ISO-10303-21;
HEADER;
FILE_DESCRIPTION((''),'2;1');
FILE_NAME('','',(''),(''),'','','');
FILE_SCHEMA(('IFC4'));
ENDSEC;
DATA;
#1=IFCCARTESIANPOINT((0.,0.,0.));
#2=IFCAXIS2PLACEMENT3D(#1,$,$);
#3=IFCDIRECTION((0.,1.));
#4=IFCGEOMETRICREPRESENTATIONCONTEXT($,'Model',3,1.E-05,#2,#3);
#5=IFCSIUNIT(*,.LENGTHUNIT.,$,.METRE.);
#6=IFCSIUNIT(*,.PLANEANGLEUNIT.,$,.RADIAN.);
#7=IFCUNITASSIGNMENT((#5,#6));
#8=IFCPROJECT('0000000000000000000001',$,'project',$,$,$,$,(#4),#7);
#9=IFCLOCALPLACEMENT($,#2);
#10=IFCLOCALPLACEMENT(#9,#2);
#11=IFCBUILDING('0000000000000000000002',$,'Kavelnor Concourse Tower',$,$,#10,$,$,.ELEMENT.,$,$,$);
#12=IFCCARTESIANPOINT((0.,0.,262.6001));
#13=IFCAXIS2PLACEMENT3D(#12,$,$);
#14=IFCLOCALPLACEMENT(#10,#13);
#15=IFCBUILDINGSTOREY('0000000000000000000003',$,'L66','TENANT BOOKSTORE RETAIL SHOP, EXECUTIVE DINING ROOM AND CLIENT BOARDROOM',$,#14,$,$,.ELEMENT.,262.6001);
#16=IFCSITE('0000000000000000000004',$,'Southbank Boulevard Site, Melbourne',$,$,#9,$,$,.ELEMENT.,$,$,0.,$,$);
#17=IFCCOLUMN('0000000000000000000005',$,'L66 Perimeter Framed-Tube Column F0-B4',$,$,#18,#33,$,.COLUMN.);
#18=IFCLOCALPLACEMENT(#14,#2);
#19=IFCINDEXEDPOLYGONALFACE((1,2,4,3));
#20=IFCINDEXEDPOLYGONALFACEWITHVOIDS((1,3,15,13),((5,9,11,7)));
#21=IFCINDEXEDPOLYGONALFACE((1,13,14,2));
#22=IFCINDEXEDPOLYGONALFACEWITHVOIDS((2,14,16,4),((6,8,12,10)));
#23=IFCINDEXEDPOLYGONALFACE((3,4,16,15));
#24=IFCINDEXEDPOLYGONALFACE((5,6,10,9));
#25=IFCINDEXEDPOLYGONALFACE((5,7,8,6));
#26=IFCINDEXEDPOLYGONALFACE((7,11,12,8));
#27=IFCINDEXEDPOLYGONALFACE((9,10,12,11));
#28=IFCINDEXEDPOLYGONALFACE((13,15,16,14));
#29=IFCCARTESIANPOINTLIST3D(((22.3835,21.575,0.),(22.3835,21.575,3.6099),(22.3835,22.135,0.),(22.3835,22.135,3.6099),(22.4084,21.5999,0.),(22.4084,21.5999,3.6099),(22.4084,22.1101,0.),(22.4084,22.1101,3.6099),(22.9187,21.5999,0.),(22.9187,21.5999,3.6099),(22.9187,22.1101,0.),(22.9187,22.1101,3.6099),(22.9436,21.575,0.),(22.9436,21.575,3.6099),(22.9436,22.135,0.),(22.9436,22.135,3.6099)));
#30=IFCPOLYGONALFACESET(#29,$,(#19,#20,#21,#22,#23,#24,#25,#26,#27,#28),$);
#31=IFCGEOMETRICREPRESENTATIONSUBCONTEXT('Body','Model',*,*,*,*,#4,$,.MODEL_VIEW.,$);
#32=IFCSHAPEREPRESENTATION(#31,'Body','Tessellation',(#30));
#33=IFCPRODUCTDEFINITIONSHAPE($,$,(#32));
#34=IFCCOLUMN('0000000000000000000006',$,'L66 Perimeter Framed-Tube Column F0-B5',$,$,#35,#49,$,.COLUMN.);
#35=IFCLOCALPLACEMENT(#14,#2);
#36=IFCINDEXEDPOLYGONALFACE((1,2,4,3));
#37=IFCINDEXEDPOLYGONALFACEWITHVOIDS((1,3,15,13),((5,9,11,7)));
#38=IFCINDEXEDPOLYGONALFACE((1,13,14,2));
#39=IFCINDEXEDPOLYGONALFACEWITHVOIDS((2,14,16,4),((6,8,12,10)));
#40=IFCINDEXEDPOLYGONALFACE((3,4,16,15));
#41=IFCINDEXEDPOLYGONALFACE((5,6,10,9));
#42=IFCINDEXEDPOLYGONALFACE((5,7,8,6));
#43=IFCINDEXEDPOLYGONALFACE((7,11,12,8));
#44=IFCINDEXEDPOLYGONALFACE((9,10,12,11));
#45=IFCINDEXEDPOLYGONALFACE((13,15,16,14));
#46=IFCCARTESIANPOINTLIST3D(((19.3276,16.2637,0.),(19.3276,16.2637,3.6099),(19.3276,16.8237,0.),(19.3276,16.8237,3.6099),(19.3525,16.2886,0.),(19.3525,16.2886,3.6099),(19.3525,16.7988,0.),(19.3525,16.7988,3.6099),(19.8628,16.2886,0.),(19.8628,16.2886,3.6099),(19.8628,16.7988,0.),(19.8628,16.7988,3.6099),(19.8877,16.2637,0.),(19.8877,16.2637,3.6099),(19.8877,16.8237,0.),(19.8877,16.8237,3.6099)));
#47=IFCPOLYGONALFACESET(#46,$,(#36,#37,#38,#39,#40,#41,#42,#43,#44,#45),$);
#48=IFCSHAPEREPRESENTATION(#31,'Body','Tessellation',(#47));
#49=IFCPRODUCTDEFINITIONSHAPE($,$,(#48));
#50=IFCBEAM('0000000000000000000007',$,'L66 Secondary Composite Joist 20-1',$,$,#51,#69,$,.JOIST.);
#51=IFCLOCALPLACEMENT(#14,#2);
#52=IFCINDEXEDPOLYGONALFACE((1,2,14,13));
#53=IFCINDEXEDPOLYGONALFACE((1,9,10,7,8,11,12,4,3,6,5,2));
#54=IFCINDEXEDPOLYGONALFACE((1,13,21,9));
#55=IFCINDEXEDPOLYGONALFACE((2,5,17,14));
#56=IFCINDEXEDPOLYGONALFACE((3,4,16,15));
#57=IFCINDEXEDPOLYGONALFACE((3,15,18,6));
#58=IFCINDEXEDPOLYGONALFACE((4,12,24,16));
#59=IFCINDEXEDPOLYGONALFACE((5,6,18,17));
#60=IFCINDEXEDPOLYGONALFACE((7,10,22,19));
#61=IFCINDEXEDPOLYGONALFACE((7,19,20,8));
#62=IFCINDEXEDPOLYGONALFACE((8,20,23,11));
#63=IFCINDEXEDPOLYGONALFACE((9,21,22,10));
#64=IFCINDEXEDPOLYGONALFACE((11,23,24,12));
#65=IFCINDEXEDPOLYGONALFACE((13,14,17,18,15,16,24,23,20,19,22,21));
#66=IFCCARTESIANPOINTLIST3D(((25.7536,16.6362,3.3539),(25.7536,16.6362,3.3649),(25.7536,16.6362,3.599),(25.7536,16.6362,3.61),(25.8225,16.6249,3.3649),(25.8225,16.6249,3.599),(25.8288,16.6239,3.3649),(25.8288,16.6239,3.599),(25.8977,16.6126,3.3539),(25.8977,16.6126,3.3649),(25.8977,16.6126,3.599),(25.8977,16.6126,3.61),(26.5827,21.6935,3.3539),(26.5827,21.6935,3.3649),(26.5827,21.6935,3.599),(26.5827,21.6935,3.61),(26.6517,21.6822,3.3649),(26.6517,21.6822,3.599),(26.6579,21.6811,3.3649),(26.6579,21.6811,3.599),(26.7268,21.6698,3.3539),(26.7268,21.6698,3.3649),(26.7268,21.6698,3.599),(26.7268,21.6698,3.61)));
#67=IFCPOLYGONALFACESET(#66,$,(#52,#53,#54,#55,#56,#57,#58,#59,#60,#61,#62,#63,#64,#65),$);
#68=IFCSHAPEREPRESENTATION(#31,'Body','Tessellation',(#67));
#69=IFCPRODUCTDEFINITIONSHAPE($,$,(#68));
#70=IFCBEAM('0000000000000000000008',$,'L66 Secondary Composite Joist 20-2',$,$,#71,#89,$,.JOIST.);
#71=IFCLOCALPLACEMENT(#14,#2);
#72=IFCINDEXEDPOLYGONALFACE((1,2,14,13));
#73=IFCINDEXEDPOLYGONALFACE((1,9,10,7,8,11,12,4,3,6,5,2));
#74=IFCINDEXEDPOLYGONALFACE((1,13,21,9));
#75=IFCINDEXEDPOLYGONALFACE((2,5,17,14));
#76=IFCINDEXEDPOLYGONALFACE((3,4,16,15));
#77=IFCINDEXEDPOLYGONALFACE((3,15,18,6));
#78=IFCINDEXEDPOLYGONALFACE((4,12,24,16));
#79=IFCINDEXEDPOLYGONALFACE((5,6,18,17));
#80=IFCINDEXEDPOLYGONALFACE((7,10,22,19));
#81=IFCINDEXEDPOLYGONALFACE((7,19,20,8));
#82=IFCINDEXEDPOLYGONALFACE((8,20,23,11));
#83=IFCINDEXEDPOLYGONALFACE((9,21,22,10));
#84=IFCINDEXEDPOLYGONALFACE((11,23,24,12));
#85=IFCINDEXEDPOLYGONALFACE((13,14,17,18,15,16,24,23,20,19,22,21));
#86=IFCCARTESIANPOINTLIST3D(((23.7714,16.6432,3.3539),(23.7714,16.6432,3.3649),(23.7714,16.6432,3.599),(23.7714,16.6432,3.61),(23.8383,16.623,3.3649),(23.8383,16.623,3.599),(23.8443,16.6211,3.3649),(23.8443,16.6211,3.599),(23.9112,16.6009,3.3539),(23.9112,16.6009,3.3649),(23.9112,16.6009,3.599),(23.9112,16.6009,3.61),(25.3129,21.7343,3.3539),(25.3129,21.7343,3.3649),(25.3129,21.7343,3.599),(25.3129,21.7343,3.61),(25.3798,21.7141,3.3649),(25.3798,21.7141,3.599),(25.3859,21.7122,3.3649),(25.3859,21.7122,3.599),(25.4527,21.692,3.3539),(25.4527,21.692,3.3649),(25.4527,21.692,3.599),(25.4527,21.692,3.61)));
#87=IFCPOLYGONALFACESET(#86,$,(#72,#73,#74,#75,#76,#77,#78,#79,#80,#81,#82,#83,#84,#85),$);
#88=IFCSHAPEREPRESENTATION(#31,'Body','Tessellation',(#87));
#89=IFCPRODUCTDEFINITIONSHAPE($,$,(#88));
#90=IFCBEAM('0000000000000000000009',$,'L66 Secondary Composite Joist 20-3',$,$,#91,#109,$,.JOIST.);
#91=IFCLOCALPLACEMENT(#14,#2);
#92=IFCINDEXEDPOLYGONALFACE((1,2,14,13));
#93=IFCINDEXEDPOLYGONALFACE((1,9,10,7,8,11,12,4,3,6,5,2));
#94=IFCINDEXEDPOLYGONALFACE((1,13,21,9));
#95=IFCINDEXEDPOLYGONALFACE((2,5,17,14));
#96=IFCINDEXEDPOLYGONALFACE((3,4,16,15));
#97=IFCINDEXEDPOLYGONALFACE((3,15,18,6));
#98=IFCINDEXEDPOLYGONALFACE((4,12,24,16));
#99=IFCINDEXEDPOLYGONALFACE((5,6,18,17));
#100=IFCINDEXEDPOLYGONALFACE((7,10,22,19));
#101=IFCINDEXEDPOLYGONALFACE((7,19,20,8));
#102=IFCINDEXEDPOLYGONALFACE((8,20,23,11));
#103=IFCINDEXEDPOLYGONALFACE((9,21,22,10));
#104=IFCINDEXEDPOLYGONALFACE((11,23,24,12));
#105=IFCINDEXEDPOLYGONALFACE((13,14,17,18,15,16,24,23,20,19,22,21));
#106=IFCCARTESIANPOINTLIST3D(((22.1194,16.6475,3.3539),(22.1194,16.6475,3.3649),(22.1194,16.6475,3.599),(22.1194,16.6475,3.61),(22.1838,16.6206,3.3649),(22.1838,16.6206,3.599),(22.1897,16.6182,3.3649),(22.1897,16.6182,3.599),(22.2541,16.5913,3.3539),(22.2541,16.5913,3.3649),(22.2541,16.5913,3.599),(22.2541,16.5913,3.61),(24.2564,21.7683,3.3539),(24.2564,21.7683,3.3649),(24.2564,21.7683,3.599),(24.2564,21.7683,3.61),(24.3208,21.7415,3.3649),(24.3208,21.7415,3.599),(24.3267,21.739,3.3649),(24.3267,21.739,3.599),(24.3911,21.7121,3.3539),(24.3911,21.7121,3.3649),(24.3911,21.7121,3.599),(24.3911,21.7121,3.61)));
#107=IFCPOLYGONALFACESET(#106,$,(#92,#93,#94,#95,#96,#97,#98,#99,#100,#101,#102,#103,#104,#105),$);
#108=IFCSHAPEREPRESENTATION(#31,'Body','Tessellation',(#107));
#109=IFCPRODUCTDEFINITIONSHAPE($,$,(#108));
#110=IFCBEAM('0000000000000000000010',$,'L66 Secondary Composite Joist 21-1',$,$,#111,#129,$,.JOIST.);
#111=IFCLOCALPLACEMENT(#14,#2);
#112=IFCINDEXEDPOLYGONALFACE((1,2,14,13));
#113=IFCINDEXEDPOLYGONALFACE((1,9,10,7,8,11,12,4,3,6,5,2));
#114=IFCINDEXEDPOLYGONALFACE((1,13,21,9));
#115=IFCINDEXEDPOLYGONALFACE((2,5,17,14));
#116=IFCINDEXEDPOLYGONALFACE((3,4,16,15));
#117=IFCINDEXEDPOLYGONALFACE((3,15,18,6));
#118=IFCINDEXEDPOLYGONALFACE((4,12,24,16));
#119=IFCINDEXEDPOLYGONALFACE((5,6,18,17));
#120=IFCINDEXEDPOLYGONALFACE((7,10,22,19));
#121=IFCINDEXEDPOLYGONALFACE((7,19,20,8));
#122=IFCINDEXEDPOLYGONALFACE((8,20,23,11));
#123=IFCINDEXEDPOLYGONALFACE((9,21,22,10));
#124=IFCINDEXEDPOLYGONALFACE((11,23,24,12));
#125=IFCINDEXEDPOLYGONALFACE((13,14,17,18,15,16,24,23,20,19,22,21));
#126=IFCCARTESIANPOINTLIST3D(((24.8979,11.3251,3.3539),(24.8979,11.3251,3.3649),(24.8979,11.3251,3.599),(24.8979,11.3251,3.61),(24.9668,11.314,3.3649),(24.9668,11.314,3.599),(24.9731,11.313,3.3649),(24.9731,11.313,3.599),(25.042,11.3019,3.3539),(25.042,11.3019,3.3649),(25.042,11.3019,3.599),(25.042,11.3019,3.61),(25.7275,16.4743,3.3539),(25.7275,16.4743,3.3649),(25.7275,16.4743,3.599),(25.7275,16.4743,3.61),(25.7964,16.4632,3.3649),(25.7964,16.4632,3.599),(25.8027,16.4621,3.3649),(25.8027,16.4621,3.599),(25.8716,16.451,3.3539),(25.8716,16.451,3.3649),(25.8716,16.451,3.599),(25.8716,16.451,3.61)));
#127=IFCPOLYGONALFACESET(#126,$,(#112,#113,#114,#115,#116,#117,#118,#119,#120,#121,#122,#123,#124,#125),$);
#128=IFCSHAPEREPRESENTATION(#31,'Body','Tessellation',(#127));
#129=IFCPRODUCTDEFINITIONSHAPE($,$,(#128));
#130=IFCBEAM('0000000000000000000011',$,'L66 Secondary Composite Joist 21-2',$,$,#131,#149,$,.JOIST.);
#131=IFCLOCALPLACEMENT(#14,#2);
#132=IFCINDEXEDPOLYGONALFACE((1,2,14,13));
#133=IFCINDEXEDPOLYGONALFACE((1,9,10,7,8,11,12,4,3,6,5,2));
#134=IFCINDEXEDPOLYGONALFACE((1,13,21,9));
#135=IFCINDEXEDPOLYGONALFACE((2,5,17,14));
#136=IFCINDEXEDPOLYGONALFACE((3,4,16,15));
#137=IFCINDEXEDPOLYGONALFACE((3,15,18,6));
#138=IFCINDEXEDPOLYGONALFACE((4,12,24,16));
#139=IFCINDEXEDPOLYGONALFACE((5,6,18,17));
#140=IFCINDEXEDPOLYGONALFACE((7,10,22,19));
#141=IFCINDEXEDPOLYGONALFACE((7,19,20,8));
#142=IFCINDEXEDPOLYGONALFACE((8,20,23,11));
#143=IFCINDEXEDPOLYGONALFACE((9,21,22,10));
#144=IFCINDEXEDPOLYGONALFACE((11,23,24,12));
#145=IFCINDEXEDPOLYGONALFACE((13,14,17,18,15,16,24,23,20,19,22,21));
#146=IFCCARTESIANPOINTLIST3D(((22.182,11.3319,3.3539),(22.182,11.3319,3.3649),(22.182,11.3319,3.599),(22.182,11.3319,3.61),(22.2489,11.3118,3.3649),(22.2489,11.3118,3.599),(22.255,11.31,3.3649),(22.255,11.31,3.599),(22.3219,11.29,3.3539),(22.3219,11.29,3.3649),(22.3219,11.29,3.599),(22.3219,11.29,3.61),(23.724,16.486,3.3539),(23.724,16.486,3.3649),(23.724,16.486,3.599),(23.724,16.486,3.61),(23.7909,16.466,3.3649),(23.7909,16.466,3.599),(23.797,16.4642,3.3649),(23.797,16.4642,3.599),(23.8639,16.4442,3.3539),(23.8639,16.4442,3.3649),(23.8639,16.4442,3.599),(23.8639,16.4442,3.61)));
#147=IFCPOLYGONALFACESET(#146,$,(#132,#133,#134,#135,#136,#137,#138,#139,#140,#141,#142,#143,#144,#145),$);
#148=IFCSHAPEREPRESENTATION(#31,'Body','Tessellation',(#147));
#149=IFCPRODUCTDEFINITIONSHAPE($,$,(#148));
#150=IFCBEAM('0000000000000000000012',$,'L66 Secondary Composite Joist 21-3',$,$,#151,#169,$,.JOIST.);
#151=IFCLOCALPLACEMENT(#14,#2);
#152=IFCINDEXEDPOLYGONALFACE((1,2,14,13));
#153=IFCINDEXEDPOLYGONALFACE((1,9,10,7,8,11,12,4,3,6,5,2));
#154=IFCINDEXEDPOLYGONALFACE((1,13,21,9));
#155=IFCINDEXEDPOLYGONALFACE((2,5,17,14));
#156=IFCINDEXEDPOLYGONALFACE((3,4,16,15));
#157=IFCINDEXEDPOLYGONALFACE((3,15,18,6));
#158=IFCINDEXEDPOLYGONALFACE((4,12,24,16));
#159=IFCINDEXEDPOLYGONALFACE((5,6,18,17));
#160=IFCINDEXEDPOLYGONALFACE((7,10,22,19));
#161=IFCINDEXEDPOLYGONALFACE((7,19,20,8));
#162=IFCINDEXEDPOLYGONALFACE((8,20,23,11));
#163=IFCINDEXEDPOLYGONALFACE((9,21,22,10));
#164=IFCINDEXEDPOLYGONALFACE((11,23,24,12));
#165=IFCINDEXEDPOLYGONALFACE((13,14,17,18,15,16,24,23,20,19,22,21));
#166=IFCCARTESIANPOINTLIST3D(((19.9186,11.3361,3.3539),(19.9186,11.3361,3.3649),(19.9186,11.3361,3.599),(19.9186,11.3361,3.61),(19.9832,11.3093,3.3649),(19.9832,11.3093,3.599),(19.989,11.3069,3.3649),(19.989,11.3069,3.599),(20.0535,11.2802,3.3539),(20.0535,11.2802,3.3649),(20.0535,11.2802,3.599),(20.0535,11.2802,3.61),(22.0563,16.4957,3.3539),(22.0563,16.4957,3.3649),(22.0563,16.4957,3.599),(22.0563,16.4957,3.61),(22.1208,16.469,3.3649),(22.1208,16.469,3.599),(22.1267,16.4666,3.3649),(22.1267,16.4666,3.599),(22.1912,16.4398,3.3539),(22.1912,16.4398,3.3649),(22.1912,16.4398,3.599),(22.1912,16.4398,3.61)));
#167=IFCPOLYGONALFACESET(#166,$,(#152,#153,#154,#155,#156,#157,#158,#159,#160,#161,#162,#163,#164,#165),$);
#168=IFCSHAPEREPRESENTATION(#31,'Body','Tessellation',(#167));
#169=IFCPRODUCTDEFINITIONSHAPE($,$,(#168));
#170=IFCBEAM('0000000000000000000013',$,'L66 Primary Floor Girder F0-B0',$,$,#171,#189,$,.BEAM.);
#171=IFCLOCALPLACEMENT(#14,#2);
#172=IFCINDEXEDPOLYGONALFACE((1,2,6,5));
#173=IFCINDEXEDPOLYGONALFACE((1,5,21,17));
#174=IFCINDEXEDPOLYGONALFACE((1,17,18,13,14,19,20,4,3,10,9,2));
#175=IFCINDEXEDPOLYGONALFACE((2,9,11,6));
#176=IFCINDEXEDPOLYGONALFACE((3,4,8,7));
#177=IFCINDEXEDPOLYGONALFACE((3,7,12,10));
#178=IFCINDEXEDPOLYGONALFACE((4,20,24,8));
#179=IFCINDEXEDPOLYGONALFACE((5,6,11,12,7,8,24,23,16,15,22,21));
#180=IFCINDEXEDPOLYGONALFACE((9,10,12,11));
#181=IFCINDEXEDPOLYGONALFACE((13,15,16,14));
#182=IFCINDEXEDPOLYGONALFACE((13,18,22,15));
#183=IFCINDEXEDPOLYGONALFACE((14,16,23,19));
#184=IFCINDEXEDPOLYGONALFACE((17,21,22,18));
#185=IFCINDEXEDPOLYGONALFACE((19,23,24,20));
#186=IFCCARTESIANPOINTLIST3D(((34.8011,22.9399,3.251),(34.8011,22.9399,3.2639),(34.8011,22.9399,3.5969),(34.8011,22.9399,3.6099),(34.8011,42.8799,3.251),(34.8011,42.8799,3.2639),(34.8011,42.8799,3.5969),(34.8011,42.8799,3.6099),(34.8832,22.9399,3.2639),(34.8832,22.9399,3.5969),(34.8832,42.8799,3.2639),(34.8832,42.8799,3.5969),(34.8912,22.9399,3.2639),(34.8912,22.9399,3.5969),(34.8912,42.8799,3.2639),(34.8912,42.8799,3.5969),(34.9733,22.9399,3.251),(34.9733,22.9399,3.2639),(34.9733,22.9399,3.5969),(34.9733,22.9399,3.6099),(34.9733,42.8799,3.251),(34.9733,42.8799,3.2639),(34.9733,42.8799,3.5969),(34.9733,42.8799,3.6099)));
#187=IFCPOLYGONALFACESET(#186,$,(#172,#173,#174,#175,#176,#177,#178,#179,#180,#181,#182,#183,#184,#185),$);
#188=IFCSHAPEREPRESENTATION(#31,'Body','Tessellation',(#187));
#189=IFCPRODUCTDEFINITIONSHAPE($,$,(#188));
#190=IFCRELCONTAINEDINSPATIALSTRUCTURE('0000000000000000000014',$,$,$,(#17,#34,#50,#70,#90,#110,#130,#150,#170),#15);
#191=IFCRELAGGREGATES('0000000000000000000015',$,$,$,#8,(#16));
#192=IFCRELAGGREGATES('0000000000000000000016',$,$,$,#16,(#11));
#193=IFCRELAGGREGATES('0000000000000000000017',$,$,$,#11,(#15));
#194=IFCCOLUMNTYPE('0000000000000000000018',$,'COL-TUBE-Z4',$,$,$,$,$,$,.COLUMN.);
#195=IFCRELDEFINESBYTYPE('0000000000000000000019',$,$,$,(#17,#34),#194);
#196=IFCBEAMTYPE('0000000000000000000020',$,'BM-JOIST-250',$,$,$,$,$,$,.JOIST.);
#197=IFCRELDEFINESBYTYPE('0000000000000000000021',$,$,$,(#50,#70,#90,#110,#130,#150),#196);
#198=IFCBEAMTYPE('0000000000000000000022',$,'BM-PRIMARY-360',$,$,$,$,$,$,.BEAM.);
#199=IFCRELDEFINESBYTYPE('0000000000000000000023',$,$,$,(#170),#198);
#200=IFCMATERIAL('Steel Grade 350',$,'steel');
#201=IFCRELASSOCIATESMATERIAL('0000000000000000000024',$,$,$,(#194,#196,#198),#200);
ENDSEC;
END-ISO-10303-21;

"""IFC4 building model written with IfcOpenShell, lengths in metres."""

from ifc_helpers import new_model, si_unit, direction, frame, origin, origin_2d, place, context, subcontext, project, spatial, hollow_rectangle, i_section, extrude, material, material_profile, profile_set, type_object, element, save


model = new_model("IFC4")

# Units and contexts
model_context = context("Model", 3, precision=1e-05, world=origin(), true_north=direction((0.0, 1.0)))
body_context = subcontext(model_context, "Body", "Model", "MODEL_VIEW")
ifc_project = project(units=[si_unit("LENGTHUNIT", "METRE"), si_unit("PLANEANGLEUNIT", "RADIAN")], contexts=[model_context])

# Site, building, storey
site_placement = place(None, origin())
site = spatial("IfcSite", under=ifc_project, at=site_placement, Name="Southbank Boulevard Site, Melbourne", CompositionType="ELEMENT", RefElevation=0.0)
building_placement = place(site_placement, origin())
building = spatial("IfcBuilding", under=site, at=building_placement, Name="Kavelnor Concourse Tower", CompositionType="ELEMENT")
storey_placement = place(building_placement, frame((0.0, 0.0, 262.6001)))
storey = spatial("IfcBuildingStorey", under=building, at=storey_placement, Name="L66", Description="TENANT BOOKSTORE RETAIL SHOP, EXECUTIVE DINING ROOM AND CLIENT BOARDROOM", CompositionType="ELEMENT", Elevation=262.6001)

# Columns
ifc_material_1 = material(Name="Steel Grade 350", Category="steel")
ifc_material_profile_1 = material_profile(ifc_material_1, hollow_rectangle(XDim=0.5601, YDim=0.5601, WallThickness=0.0249, at=origin_2d()), Name="SHS 560x560x25")
ifc_profile_set_1 = profile_set([ifc_material_profile_1], Name="Steel Grade 350")
column_type = type_object("IfcColumnType", Name="COL-TUBE-Z4", PredefinedType="COLUMN", material=ifc_profile_set_1)
for number, where, z_axis, x_axis, name in (
    (1, (22.6636, 21.855, 0.0), (0.0, 0.0, 1.0), (1.0, 0.0, 0.0), "L66 Perimeter Framed-Tube Column F0-B4"),
    (2, (19.6077, 16.5437, 0.0), (0.0, 0.0, 1.0), (1.0, 0.0, 0.0), "L66 Perimeter Framed-Tube Column F0-B5"),
):
    element("IfcColumn", number, at=place(storey_placement, frame(where, z_axis=z_axis, x_axis=x_axis)), inside=storey, type_object=column_type, Name=name, PredefinedType="COLUMN", context=body_context, shape_type="SweptSolid", body=[
        extrude(hollow_rectangle(XDim=0.5601, YDim=0.5601, WallThickness=0.0249, at=origin_2d()), origin(), (0.0, 0.0, 1.0), 3.6099),
    ])

# Beams
ifc_material_profile_2 = material_profile(ifc_material_1, i_section(OverallWidth=0.146, OverallDepth=0.2561, WebThickness=0.0063, FlangeThickness=0.011, at=origin_2d()), Name="250UB37")
ifc_profile_set_2 = profile_set([ifc_material_profile_2], Name="Steel Grade 350")
beam_type_1 = type_object("IfcBeamType", Name="BM-JOIST-250", PredefinedType="JOIST", material=ifc_profile_set_2)
beam_1_placement = place(storey_placement, frame((26.6548, 21.6816, 3.4819), z_axis=(-0.161787, -0.986826, 0.0), x_axis=(0.986826, -0.161787, 0.0)))
element("IfcBeam", 3, at=beam_1_placement, inside=storey, type_object=beam_type_1, Name="L66 Secondary Composite Joist 20-1", PredefinedType="JOIST", context=body_context, shape_type="SweptSolid", body=[
    extrude(i_section(OverallWidth=0.146, OverallDepth=0.2561, WebThickness=0.0063, FlangeThickness=0.011, at=origin_2d()), origin(), (0.0, 0.0, 1.0), 5.1248),
])
beam_2_placement = place(storey_placement, frame((25.3828, 21.7131, 3.4819), z_axis=(-0.289793, -0.957089, 0.0), x_axis=(0.957089, -0.289793, 0.0)))
element("IfcBeam", 4, at=beam_2_placement, inside=storey, type_object=beam_type_1, Name="L66 Secondary Composite Joist 20-2", PredefinedType="JOIST", context=body_context, shape_type="SweptSolid", body=[
    extrude(i_section(OverallWidth=0.146, OverallDepth=0.2561, WebThickness=0.0063, FlangeThickness=0.011, at=origin_2d()), origin(), (0.0, 0.0, 1.0), 5.3193),
])
beam_3_placement = place(storey_placement, frame((24.3237, 21.7402, 3.4819), z_axis=(-0.385118, -0.922867, 0.0), x_axis=(0.922867, -0.385118, 0.0)))
element("IfcBeam", 5, at=beam_3_placement, inside=storey, type_object=beam_type_1, Name="L66 Secondary Composite Joist 20-3", PredefinedType="JOIST", context=body_context, shape_type="SweptSolid", body=[
    extrude(i_section(OverallWidth=0.146, OverallDepth=0.2561, WebThickness=0.0063, FlangeThickness=0.011, at=origin_2d()), origin(), (0.0, 0.0, 1.0), 5.5488),
])
beam_4_placement = place(storey_placement, frame((25.7996, 16.4626, 3.4819), z_axis=(-0.15906, -0.987269, 0.0), x_axis=(0.987269, -0.15906, 0.0)))
element("IfcBeam", 6, at=beam_4_placement, inside=storey, type_object=beam_type_1, Name="L66 Secondary Composite Joist 21-1", PredefinedType="JOIST", context=body_context, shape_type="SweptSolid", body=[
    extrude(i_section(OverallWidth=0.146, OverallDepth=0.2561, WebThickness=0.0063, FlangeThickness=0.011, at=origin_2d()), origin(), (0.0, 0.0, 1.0), 5.2156),
])
beam_5_placement = place(storey_placement, frame((23.7939, 16.4651, 3.4819), z_axis=(-0.286628, -0.958042, 0.0), x_axis=(0.958042, -0.286628, 0.0)))
element("IfcBeam", 7, at=beam_5_placement, inside=storey, type_object=beam_type_1, Name="L66 Secondary Composite Joist 21-2", PredefinedType="JOIST", context=body_context, shape_type="SweptSolid", body=[
    extrude(i_section(OverallWidth=0.146, OverallDepth=0.2561, WebThickness=0.0063, FlangeThickness=0.011, at=origin_2d()), origin(), (0.0, 0.0, 1.0), 5.3799),
])
beam_6_placement = place(storey_placement, frame((22.1238, 16.4678, 3.4819), z_axis=(-0.382758, -0.923848, 0.0), x_axis=(0.923848, -0.382758, 0.0)))
element("IfcBeam", 8, at=beam_6_placement, inside=storey, type_object=beam_type_1, Name="L66 Secondary Composite Joist 21-3", PredefinedType="JOIST", context=body_context, shape_type="SweptSolid", body=[
    extrude(i_section(OverallWidth=0.146, OverallDepth=0.2561, WebThickness=0.0063, FlangeThickness=0.011, at=origin_2d()), origin(), (0.0, 0.0, 1.0), 5.585),
])
ifc_material_profile_3 = material_profile(ifc_material_1, i_section(OverallWidth=0.1721, OverallDepth=0.3589, WebThickness=0.0081, FlangeThickness=0.0129, at=origin_2d()), Name="360UB56")
ifc_profile_set_3 = profile_set([ifc_material_profile_3], Name="Steel Grade 350")
beam_type_2 = type_object("IfcBeamType", Name="BM-PRIMARY-360", PredefinedType="BEAM", material=ifc_profile_set_3)
beam_7_placement = place(storey_placement, frame((34.8872, 22.9399, 3.4304), z_axis=(0.0, 1.0, 0.0), x_axis=(-1.0, 0.0, 0.0)))
element("IfcBeam", 9, at=beam_7_placement, inside=storey, type_object=beam_type_2, Name="L66 Primary Floor Girder F0-B0", PredefinedType="BEAM", context=body_context, shape_type="SweptSolid", body=[
    extrude(i_section(OverallWidth=0.1721, OverallDepth=0.3589, WebThickness=0.0081, FlangeThickness=0.0129, at=origin_2d()), origin(), (0.0, 0.0, 1.0), 19.9399),
])

save(model, "model.ifc")
